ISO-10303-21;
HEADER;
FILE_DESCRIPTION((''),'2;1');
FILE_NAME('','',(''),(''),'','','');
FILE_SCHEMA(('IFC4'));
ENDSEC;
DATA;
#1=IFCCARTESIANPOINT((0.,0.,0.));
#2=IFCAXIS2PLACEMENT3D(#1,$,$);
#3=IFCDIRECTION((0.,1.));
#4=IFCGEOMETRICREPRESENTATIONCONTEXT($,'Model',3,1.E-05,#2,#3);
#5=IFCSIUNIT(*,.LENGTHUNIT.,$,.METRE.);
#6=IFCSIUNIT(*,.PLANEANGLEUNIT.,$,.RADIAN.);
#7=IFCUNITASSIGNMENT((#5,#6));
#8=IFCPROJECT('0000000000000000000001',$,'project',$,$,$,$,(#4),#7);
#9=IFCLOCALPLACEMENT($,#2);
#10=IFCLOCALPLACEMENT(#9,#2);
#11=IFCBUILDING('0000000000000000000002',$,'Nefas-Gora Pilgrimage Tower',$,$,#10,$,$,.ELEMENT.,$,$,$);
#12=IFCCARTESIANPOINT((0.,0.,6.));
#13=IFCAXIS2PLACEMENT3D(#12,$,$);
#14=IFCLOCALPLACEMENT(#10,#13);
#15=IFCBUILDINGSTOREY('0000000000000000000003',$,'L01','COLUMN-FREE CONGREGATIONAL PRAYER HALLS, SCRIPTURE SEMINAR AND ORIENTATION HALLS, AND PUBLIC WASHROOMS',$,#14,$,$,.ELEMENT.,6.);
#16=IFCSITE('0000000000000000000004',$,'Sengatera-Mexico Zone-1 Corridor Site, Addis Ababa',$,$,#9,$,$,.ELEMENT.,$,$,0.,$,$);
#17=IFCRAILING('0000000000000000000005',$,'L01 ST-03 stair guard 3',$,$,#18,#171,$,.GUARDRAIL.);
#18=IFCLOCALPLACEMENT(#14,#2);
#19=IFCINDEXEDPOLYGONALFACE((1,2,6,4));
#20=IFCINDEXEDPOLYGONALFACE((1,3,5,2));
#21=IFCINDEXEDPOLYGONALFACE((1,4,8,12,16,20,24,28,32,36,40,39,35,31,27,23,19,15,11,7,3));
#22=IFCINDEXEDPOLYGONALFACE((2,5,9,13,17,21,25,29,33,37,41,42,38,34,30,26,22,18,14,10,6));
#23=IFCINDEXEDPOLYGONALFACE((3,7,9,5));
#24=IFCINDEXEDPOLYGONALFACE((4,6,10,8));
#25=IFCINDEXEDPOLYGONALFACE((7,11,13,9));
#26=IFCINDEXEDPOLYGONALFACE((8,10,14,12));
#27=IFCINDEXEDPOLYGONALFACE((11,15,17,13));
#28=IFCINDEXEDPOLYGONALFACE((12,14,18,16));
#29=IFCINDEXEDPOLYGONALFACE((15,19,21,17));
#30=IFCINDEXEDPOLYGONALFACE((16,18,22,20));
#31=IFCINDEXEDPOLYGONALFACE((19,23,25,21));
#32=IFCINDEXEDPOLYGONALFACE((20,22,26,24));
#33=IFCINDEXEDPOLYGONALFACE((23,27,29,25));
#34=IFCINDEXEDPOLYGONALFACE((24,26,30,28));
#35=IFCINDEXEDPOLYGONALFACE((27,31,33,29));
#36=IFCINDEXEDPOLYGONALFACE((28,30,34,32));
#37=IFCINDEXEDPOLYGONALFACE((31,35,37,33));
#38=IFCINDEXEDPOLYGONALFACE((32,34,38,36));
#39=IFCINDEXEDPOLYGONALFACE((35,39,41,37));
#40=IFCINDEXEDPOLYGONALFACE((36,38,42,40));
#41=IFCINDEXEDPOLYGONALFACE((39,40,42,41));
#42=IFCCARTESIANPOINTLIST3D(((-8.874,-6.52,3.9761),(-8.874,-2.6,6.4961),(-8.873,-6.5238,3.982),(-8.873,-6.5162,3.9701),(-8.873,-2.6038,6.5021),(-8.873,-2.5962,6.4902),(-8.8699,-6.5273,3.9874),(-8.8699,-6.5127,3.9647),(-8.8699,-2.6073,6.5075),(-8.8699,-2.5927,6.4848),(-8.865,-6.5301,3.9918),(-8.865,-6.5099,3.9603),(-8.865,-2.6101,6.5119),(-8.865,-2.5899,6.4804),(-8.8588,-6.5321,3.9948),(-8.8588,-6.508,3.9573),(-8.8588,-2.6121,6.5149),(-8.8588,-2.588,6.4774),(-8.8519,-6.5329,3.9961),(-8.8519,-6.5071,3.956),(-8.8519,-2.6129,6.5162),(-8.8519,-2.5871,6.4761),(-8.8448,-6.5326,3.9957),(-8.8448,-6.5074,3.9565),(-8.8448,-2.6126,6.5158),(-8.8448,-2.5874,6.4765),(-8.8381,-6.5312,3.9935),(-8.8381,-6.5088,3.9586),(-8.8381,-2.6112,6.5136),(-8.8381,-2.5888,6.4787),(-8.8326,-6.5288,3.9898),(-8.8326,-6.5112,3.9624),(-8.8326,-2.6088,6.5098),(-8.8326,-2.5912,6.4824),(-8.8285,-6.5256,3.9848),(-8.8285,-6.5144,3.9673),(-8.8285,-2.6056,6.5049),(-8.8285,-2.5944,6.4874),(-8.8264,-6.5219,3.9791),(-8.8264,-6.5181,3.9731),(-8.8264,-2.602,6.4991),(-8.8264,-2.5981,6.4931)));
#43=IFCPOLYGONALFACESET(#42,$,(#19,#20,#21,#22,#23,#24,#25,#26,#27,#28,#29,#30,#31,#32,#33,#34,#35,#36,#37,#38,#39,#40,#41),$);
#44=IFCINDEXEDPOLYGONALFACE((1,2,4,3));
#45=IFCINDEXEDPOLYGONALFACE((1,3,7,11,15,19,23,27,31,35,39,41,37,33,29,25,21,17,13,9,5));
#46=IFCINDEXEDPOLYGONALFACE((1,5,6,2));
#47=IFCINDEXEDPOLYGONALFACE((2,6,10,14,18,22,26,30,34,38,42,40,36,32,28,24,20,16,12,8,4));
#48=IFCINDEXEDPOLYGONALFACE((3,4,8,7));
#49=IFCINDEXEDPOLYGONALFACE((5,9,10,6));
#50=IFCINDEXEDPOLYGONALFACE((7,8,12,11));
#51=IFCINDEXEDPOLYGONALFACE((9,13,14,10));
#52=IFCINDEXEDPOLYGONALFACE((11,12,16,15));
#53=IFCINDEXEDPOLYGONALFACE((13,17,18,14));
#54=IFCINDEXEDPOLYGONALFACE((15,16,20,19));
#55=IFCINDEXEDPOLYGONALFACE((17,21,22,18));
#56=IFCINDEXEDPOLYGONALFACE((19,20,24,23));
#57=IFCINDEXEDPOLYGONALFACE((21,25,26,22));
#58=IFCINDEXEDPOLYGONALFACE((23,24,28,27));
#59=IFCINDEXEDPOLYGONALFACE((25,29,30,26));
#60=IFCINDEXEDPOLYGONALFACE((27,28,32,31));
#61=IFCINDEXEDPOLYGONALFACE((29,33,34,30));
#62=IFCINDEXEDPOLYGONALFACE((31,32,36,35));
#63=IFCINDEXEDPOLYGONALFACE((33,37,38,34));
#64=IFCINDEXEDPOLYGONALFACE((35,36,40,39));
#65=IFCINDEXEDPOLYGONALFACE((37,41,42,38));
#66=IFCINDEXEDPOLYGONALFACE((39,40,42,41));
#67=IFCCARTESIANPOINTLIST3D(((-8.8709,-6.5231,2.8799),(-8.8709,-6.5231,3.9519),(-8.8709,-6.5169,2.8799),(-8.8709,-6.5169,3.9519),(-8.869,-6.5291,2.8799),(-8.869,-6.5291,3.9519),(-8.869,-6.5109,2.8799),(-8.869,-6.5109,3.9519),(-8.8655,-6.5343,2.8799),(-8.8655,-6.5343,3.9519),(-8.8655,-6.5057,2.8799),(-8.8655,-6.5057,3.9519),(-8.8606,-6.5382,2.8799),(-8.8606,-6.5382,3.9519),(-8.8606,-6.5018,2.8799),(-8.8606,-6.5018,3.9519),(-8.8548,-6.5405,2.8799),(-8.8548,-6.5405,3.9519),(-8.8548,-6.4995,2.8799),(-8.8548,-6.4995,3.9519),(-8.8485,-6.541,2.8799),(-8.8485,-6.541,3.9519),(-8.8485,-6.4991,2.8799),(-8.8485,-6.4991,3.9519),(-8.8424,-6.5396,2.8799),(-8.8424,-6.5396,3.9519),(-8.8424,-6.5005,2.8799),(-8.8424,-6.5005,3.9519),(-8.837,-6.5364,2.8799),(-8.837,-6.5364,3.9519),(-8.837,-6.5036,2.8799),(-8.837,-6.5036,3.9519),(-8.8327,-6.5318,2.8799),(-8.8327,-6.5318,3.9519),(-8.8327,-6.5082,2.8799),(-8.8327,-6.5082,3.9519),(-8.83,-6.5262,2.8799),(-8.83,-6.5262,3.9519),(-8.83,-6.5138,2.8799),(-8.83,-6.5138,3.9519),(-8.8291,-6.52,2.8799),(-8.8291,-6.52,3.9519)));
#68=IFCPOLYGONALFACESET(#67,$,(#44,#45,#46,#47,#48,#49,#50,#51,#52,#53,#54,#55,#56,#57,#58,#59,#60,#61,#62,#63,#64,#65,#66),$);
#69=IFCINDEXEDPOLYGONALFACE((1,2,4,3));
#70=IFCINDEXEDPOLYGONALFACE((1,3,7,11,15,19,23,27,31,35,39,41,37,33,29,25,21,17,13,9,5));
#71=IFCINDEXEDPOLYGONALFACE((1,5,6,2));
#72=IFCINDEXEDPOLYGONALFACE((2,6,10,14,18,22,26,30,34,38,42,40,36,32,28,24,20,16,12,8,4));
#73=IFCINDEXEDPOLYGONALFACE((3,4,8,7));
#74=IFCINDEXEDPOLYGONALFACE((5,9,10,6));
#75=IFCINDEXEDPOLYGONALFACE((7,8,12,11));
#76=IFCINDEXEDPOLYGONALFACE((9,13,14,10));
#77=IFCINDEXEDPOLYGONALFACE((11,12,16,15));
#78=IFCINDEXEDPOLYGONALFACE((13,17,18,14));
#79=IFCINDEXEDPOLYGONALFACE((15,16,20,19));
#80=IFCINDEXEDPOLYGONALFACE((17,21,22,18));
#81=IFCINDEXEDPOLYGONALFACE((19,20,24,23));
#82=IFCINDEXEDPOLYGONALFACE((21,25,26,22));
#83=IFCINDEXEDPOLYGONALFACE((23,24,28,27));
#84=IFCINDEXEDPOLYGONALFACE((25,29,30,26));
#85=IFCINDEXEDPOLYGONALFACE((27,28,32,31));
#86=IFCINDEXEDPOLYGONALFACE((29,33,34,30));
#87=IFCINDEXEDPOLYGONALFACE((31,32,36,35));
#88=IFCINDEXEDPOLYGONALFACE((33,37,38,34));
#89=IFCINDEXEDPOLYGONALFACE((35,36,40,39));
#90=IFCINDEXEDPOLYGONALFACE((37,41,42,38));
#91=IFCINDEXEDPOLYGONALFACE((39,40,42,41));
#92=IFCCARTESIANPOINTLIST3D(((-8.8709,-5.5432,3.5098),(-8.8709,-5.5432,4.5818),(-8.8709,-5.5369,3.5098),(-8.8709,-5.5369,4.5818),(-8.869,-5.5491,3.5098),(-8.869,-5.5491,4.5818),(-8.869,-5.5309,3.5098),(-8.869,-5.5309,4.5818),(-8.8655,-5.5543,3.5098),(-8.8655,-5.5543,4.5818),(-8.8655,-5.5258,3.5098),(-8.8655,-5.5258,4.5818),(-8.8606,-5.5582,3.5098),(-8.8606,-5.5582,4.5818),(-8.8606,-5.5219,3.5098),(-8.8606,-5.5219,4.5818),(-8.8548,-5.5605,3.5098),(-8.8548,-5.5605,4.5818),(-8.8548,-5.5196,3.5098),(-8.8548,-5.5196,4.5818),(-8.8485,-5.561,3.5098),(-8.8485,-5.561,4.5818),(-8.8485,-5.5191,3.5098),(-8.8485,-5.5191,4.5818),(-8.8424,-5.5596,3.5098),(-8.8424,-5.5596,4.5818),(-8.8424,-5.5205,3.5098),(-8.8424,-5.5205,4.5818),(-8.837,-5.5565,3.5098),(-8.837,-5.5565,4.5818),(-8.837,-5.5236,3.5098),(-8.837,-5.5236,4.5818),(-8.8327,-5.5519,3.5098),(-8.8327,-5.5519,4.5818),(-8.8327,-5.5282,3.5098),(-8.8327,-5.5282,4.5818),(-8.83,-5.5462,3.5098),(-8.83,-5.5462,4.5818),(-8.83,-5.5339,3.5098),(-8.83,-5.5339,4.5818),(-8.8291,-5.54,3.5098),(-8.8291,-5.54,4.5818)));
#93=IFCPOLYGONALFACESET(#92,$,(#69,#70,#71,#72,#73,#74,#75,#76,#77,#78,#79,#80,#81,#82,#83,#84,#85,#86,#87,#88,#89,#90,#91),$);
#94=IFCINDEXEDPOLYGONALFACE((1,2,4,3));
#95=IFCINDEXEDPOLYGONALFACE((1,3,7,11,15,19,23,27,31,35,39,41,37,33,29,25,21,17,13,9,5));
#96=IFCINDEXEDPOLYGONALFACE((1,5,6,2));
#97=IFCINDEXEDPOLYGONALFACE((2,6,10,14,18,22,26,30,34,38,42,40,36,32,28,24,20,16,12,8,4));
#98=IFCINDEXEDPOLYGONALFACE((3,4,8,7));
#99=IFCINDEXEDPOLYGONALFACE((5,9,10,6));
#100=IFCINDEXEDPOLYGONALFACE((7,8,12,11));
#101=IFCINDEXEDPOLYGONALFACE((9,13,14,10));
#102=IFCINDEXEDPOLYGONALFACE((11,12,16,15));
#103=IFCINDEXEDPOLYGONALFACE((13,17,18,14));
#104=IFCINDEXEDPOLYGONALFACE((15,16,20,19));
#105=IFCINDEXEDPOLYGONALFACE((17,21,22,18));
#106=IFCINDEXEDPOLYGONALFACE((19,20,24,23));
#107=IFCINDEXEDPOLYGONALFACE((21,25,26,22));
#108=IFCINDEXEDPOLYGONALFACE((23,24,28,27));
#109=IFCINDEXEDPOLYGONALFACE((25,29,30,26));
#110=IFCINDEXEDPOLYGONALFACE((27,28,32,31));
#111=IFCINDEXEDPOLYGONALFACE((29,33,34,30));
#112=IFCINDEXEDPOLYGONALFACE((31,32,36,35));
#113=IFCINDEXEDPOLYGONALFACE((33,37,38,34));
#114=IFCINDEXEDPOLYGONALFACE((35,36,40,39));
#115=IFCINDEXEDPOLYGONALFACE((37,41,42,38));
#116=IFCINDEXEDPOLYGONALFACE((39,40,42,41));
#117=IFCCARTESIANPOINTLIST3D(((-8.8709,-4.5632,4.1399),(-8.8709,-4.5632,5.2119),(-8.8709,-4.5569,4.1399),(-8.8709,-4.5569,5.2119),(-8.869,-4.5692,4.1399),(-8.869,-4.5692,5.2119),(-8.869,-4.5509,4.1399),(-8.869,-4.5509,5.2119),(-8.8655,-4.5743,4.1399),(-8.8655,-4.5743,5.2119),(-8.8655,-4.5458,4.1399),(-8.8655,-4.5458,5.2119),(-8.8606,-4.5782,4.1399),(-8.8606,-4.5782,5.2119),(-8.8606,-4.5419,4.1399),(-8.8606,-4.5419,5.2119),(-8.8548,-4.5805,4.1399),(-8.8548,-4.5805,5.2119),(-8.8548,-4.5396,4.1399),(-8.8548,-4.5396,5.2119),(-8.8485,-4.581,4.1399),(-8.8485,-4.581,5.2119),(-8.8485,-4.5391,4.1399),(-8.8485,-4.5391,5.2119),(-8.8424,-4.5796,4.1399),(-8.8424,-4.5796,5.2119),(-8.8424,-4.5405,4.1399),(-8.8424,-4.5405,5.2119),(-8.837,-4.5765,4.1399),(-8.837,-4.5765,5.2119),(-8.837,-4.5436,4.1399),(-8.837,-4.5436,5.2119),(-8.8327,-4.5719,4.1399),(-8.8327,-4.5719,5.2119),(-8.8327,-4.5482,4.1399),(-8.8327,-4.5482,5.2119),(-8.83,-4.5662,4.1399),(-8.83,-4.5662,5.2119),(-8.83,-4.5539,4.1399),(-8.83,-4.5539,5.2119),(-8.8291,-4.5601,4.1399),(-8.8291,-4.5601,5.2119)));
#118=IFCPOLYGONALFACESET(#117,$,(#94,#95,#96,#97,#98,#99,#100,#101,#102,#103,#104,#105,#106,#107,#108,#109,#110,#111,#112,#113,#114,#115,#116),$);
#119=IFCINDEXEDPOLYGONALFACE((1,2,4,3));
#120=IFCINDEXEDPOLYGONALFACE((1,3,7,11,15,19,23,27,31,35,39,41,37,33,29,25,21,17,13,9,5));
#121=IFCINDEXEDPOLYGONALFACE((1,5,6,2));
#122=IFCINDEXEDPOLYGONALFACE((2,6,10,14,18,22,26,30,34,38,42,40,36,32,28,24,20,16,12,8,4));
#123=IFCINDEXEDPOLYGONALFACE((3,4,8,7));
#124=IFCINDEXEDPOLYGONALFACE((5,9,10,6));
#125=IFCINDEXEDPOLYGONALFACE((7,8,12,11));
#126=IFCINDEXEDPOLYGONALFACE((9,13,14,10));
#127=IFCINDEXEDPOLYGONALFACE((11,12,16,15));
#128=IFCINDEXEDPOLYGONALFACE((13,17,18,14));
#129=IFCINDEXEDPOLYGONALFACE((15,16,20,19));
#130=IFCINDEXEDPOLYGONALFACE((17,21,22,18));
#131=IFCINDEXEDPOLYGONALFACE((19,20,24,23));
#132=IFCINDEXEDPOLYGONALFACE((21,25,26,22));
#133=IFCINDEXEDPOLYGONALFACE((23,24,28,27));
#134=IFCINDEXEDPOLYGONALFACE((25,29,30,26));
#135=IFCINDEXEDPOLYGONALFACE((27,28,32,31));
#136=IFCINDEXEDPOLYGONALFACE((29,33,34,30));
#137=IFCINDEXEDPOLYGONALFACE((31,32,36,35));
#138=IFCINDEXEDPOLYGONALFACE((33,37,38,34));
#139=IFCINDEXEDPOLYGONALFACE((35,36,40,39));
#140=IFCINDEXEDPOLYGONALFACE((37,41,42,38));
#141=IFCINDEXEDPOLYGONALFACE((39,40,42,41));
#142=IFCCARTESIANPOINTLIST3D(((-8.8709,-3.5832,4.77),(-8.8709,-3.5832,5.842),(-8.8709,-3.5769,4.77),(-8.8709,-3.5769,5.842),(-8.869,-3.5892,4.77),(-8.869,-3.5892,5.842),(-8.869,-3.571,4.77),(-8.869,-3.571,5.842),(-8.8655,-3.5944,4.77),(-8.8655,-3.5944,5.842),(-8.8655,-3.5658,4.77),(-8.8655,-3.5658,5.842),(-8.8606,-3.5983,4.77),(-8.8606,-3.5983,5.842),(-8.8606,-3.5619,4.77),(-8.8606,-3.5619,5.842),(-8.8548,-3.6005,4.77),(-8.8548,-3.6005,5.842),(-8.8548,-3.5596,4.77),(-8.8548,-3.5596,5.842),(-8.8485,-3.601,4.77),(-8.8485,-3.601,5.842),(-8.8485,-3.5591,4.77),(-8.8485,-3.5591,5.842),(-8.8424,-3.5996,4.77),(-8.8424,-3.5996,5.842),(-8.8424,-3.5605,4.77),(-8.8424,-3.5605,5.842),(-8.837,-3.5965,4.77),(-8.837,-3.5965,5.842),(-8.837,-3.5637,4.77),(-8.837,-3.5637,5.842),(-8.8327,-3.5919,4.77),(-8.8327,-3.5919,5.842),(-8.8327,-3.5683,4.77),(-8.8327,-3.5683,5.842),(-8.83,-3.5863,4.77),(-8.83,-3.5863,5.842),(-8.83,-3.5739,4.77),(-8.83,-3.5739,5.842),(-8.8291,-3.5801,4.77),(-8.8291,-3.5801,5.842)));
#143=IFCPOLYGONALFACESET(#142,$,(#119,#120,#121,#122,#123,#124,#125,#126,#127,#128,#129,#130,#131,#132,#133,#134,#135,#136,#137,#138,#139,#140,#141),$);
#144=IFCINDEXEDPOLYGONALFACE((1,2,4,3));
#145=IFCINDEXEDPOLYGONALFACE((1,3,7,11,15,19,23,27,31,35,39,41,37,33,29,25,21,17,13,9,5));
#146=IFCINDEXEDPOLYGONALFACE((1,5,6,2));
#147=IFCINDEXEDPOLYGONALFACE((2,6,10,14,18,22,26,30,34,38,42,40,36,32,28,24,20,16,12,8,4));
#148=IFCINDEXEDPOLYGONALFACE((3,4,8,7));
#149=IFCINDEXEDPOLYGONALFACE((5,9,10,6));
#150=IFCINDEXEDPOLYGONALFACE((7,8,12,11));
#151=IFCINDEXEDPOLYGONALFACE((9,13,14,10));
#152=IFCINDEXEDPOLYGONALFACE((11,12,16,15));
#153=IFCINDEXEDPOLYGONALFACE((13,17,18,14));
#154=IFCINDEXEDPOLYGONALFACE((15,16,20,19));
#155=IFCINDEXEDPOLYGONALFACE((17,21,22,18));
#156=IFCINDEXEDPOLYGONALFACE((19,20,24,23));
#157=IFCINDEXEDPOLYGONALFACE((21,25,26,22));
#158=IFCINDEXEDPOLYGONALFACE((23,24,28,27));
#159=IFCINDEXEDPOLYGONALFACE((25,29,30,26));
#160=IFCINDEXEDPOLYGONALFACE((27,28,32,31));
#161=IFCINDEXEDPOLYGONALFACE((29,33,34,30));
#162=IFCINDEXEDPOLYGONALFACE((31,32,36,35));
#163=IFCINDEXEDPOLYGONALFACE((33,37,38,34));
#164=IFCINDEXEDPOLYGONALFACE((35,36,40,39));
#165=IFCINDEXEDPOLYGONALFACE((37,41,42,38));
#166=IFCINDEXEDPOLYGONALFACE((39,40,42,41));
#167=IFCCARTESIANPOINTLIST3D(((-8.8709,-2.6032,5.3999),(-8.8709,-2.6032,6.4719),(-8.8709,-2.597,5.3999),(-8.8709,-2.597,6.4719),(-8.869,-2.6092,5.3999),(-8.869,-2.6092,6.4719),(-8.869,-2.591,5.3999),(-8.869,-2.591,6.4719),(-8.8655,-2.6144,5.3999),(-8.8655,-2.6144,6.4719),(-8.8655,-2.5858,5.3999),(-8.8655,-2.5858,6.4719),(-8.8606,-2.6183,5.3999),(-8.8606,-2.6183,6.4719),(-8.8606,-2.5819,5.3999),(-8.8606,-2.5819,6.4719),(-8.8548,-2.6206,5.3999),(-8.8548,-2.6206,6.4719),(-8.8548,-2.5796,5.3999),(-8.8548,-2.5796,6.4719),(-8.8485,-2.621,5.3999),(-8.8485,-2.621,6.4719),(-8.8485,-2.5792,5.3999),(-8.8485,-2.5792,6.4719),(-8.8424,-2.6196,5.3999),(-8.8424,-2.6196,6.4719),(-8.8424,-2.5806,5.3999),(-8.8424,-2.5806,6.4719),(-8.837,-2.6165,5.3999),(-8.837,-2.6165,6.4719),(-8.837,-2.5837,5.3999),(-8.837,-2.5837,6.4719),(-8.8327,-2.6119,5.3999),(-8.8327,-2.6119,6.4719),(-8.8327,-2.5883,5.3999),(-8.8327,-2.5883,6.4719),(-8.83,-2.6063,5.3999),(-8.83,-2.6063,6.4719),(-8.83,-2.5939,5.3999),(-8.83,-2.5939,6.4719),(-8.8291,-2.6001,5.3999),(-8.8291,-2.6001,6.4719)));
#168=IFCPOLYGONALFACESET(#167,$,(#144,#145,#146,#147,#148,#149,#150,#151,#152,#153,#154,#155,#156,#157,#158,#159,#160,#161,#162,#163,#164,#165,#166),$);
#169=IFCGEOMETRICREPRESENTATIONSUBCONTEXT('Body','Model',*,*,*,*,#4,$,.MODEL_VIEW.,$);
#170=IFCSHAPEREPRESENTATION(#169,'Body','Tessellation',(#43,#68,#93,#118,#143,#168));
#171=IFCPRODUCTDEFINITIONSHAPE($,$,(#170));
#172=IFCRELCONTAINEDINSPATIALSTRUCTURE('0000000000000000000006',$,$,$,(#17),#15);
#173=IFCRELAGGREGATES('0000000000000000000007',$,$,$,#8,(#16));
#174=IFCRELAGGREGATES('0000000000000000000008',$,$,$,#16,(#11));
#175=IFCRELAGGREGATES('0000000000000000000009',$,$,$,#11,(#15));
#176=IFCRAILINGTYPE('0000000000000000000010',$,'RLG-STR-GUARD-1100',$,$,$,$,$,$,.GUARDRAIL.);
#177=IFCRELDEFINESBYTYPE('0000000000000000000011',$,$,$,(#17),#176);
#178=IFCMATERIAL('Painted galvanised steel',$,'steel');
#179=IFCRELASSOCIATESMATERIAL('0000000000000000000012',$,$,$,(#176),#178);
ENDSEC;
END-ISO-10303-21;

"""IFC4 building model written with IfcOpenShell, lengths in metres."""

from ifc_helpers import new_model, si_unit, direction, frame, origin, origin_2d, place, context, subcontext, project, spatial, circle, extrude, material, type_object, element, save


model = new_model("IFC4")

# Units and contexts
model_context = context("Model", 3, precision=1e-05, world=origin(), true_north=direction((0.0, 1.0)))
body_context = subcontext(model_context, "Body", "Model", "MODEL_VIEW")
ifc_project = project(units=[si_unit("LENGTHUNIT", "METRE"), si_unit("PLANEANGLEUNIT", "RADIAN")], contexts=[model_context])

# Site, building, storey
site_placement = place(None, origin())
site = spatial("IfcSite", under=ifc_project, at=site_placement, Name="Sengatera-Mexico Zone-1 Corridor Site, Addis Ababa", CompositionType="ELEMENT", RefElevation=0.0)
building_placement = place(site_placement, origin())
building = spatial("IfcBuilding", under=site, at=building_placement, Name="Nefas-Gora Pilgrimage Tower", CompositionType="ELEMENT")
storey_placement = place(building_placement, frame((0.0, 0.0, 6.0)))
storey = spatial("IfcBuildingStorey", under=building, at=storey_placement, Name="L01", Description="COLUMN-FREE CONGREGATIONAL PRAYER HALLS, SCRIPTURE SEMINAR AND ORIENTATION HALLS, AND PUBLIC WASHROOMS", CompositionType="ELEMENT", Elevation=6.0)

# Railing
ifc_material_1 = material(Name="Painted galvanised steel", Category="steel")
railing_type = type_object("IfcRailingType", Name="RLG-STR-GUARD-1100", PredefinedType="GUARDRAIL", material=ifc_material_1)
railing_1_placement = place(storey_placement, frame((-8.8501, -6.52, 2.8799)))
element("IfcRailing", 1, at=railing_1_placement, inside=storey, type_object=railing_type, Name="L01 ST-03 stair guard 3", PredefinedType="GUARDRAIL", context=body_context, shape_type="SweptSolid", body=[
    extrude(circle(Radius=0.0239, at=origin_2d()), frame((0.0, 0.0, 1.0962), z_axis=(0.0, 0.841172, 0.540768), x_axis=(-1.0, 0.0, 0.0)), (0.0, 0.0, 1.0), 4.6602),
    extrude(circle(Radius=0.021, at=origin_2d()), origin(), (0.0, 0.0, 1.0), 1.072),
    extrude(circle(Radius=0.021, at=origin_2d()), frame((0.0, 0.98, 0.6299)), (0.0, 0.0, 1.0), 1.072),
    extrude(circle(Radius=0.021, at=origin_2d()), frame((0.0, 1.96, 1.26)), (0.0, 0.0, 1.0), 1.072),
    extrude(circle(Radius=0.021, at=origin_2d()), frame((0.0, 2.9399, 1.8901)), (0.0, 0.0, 1.0), 1.072),
    extrude(circle(Radius=0.021, at=origin_2d()), frame((0.0, 3.9199, 2.52)), (0.0, 0.0, 1.0), 1.072),
])

save(model, "model.ifc")
